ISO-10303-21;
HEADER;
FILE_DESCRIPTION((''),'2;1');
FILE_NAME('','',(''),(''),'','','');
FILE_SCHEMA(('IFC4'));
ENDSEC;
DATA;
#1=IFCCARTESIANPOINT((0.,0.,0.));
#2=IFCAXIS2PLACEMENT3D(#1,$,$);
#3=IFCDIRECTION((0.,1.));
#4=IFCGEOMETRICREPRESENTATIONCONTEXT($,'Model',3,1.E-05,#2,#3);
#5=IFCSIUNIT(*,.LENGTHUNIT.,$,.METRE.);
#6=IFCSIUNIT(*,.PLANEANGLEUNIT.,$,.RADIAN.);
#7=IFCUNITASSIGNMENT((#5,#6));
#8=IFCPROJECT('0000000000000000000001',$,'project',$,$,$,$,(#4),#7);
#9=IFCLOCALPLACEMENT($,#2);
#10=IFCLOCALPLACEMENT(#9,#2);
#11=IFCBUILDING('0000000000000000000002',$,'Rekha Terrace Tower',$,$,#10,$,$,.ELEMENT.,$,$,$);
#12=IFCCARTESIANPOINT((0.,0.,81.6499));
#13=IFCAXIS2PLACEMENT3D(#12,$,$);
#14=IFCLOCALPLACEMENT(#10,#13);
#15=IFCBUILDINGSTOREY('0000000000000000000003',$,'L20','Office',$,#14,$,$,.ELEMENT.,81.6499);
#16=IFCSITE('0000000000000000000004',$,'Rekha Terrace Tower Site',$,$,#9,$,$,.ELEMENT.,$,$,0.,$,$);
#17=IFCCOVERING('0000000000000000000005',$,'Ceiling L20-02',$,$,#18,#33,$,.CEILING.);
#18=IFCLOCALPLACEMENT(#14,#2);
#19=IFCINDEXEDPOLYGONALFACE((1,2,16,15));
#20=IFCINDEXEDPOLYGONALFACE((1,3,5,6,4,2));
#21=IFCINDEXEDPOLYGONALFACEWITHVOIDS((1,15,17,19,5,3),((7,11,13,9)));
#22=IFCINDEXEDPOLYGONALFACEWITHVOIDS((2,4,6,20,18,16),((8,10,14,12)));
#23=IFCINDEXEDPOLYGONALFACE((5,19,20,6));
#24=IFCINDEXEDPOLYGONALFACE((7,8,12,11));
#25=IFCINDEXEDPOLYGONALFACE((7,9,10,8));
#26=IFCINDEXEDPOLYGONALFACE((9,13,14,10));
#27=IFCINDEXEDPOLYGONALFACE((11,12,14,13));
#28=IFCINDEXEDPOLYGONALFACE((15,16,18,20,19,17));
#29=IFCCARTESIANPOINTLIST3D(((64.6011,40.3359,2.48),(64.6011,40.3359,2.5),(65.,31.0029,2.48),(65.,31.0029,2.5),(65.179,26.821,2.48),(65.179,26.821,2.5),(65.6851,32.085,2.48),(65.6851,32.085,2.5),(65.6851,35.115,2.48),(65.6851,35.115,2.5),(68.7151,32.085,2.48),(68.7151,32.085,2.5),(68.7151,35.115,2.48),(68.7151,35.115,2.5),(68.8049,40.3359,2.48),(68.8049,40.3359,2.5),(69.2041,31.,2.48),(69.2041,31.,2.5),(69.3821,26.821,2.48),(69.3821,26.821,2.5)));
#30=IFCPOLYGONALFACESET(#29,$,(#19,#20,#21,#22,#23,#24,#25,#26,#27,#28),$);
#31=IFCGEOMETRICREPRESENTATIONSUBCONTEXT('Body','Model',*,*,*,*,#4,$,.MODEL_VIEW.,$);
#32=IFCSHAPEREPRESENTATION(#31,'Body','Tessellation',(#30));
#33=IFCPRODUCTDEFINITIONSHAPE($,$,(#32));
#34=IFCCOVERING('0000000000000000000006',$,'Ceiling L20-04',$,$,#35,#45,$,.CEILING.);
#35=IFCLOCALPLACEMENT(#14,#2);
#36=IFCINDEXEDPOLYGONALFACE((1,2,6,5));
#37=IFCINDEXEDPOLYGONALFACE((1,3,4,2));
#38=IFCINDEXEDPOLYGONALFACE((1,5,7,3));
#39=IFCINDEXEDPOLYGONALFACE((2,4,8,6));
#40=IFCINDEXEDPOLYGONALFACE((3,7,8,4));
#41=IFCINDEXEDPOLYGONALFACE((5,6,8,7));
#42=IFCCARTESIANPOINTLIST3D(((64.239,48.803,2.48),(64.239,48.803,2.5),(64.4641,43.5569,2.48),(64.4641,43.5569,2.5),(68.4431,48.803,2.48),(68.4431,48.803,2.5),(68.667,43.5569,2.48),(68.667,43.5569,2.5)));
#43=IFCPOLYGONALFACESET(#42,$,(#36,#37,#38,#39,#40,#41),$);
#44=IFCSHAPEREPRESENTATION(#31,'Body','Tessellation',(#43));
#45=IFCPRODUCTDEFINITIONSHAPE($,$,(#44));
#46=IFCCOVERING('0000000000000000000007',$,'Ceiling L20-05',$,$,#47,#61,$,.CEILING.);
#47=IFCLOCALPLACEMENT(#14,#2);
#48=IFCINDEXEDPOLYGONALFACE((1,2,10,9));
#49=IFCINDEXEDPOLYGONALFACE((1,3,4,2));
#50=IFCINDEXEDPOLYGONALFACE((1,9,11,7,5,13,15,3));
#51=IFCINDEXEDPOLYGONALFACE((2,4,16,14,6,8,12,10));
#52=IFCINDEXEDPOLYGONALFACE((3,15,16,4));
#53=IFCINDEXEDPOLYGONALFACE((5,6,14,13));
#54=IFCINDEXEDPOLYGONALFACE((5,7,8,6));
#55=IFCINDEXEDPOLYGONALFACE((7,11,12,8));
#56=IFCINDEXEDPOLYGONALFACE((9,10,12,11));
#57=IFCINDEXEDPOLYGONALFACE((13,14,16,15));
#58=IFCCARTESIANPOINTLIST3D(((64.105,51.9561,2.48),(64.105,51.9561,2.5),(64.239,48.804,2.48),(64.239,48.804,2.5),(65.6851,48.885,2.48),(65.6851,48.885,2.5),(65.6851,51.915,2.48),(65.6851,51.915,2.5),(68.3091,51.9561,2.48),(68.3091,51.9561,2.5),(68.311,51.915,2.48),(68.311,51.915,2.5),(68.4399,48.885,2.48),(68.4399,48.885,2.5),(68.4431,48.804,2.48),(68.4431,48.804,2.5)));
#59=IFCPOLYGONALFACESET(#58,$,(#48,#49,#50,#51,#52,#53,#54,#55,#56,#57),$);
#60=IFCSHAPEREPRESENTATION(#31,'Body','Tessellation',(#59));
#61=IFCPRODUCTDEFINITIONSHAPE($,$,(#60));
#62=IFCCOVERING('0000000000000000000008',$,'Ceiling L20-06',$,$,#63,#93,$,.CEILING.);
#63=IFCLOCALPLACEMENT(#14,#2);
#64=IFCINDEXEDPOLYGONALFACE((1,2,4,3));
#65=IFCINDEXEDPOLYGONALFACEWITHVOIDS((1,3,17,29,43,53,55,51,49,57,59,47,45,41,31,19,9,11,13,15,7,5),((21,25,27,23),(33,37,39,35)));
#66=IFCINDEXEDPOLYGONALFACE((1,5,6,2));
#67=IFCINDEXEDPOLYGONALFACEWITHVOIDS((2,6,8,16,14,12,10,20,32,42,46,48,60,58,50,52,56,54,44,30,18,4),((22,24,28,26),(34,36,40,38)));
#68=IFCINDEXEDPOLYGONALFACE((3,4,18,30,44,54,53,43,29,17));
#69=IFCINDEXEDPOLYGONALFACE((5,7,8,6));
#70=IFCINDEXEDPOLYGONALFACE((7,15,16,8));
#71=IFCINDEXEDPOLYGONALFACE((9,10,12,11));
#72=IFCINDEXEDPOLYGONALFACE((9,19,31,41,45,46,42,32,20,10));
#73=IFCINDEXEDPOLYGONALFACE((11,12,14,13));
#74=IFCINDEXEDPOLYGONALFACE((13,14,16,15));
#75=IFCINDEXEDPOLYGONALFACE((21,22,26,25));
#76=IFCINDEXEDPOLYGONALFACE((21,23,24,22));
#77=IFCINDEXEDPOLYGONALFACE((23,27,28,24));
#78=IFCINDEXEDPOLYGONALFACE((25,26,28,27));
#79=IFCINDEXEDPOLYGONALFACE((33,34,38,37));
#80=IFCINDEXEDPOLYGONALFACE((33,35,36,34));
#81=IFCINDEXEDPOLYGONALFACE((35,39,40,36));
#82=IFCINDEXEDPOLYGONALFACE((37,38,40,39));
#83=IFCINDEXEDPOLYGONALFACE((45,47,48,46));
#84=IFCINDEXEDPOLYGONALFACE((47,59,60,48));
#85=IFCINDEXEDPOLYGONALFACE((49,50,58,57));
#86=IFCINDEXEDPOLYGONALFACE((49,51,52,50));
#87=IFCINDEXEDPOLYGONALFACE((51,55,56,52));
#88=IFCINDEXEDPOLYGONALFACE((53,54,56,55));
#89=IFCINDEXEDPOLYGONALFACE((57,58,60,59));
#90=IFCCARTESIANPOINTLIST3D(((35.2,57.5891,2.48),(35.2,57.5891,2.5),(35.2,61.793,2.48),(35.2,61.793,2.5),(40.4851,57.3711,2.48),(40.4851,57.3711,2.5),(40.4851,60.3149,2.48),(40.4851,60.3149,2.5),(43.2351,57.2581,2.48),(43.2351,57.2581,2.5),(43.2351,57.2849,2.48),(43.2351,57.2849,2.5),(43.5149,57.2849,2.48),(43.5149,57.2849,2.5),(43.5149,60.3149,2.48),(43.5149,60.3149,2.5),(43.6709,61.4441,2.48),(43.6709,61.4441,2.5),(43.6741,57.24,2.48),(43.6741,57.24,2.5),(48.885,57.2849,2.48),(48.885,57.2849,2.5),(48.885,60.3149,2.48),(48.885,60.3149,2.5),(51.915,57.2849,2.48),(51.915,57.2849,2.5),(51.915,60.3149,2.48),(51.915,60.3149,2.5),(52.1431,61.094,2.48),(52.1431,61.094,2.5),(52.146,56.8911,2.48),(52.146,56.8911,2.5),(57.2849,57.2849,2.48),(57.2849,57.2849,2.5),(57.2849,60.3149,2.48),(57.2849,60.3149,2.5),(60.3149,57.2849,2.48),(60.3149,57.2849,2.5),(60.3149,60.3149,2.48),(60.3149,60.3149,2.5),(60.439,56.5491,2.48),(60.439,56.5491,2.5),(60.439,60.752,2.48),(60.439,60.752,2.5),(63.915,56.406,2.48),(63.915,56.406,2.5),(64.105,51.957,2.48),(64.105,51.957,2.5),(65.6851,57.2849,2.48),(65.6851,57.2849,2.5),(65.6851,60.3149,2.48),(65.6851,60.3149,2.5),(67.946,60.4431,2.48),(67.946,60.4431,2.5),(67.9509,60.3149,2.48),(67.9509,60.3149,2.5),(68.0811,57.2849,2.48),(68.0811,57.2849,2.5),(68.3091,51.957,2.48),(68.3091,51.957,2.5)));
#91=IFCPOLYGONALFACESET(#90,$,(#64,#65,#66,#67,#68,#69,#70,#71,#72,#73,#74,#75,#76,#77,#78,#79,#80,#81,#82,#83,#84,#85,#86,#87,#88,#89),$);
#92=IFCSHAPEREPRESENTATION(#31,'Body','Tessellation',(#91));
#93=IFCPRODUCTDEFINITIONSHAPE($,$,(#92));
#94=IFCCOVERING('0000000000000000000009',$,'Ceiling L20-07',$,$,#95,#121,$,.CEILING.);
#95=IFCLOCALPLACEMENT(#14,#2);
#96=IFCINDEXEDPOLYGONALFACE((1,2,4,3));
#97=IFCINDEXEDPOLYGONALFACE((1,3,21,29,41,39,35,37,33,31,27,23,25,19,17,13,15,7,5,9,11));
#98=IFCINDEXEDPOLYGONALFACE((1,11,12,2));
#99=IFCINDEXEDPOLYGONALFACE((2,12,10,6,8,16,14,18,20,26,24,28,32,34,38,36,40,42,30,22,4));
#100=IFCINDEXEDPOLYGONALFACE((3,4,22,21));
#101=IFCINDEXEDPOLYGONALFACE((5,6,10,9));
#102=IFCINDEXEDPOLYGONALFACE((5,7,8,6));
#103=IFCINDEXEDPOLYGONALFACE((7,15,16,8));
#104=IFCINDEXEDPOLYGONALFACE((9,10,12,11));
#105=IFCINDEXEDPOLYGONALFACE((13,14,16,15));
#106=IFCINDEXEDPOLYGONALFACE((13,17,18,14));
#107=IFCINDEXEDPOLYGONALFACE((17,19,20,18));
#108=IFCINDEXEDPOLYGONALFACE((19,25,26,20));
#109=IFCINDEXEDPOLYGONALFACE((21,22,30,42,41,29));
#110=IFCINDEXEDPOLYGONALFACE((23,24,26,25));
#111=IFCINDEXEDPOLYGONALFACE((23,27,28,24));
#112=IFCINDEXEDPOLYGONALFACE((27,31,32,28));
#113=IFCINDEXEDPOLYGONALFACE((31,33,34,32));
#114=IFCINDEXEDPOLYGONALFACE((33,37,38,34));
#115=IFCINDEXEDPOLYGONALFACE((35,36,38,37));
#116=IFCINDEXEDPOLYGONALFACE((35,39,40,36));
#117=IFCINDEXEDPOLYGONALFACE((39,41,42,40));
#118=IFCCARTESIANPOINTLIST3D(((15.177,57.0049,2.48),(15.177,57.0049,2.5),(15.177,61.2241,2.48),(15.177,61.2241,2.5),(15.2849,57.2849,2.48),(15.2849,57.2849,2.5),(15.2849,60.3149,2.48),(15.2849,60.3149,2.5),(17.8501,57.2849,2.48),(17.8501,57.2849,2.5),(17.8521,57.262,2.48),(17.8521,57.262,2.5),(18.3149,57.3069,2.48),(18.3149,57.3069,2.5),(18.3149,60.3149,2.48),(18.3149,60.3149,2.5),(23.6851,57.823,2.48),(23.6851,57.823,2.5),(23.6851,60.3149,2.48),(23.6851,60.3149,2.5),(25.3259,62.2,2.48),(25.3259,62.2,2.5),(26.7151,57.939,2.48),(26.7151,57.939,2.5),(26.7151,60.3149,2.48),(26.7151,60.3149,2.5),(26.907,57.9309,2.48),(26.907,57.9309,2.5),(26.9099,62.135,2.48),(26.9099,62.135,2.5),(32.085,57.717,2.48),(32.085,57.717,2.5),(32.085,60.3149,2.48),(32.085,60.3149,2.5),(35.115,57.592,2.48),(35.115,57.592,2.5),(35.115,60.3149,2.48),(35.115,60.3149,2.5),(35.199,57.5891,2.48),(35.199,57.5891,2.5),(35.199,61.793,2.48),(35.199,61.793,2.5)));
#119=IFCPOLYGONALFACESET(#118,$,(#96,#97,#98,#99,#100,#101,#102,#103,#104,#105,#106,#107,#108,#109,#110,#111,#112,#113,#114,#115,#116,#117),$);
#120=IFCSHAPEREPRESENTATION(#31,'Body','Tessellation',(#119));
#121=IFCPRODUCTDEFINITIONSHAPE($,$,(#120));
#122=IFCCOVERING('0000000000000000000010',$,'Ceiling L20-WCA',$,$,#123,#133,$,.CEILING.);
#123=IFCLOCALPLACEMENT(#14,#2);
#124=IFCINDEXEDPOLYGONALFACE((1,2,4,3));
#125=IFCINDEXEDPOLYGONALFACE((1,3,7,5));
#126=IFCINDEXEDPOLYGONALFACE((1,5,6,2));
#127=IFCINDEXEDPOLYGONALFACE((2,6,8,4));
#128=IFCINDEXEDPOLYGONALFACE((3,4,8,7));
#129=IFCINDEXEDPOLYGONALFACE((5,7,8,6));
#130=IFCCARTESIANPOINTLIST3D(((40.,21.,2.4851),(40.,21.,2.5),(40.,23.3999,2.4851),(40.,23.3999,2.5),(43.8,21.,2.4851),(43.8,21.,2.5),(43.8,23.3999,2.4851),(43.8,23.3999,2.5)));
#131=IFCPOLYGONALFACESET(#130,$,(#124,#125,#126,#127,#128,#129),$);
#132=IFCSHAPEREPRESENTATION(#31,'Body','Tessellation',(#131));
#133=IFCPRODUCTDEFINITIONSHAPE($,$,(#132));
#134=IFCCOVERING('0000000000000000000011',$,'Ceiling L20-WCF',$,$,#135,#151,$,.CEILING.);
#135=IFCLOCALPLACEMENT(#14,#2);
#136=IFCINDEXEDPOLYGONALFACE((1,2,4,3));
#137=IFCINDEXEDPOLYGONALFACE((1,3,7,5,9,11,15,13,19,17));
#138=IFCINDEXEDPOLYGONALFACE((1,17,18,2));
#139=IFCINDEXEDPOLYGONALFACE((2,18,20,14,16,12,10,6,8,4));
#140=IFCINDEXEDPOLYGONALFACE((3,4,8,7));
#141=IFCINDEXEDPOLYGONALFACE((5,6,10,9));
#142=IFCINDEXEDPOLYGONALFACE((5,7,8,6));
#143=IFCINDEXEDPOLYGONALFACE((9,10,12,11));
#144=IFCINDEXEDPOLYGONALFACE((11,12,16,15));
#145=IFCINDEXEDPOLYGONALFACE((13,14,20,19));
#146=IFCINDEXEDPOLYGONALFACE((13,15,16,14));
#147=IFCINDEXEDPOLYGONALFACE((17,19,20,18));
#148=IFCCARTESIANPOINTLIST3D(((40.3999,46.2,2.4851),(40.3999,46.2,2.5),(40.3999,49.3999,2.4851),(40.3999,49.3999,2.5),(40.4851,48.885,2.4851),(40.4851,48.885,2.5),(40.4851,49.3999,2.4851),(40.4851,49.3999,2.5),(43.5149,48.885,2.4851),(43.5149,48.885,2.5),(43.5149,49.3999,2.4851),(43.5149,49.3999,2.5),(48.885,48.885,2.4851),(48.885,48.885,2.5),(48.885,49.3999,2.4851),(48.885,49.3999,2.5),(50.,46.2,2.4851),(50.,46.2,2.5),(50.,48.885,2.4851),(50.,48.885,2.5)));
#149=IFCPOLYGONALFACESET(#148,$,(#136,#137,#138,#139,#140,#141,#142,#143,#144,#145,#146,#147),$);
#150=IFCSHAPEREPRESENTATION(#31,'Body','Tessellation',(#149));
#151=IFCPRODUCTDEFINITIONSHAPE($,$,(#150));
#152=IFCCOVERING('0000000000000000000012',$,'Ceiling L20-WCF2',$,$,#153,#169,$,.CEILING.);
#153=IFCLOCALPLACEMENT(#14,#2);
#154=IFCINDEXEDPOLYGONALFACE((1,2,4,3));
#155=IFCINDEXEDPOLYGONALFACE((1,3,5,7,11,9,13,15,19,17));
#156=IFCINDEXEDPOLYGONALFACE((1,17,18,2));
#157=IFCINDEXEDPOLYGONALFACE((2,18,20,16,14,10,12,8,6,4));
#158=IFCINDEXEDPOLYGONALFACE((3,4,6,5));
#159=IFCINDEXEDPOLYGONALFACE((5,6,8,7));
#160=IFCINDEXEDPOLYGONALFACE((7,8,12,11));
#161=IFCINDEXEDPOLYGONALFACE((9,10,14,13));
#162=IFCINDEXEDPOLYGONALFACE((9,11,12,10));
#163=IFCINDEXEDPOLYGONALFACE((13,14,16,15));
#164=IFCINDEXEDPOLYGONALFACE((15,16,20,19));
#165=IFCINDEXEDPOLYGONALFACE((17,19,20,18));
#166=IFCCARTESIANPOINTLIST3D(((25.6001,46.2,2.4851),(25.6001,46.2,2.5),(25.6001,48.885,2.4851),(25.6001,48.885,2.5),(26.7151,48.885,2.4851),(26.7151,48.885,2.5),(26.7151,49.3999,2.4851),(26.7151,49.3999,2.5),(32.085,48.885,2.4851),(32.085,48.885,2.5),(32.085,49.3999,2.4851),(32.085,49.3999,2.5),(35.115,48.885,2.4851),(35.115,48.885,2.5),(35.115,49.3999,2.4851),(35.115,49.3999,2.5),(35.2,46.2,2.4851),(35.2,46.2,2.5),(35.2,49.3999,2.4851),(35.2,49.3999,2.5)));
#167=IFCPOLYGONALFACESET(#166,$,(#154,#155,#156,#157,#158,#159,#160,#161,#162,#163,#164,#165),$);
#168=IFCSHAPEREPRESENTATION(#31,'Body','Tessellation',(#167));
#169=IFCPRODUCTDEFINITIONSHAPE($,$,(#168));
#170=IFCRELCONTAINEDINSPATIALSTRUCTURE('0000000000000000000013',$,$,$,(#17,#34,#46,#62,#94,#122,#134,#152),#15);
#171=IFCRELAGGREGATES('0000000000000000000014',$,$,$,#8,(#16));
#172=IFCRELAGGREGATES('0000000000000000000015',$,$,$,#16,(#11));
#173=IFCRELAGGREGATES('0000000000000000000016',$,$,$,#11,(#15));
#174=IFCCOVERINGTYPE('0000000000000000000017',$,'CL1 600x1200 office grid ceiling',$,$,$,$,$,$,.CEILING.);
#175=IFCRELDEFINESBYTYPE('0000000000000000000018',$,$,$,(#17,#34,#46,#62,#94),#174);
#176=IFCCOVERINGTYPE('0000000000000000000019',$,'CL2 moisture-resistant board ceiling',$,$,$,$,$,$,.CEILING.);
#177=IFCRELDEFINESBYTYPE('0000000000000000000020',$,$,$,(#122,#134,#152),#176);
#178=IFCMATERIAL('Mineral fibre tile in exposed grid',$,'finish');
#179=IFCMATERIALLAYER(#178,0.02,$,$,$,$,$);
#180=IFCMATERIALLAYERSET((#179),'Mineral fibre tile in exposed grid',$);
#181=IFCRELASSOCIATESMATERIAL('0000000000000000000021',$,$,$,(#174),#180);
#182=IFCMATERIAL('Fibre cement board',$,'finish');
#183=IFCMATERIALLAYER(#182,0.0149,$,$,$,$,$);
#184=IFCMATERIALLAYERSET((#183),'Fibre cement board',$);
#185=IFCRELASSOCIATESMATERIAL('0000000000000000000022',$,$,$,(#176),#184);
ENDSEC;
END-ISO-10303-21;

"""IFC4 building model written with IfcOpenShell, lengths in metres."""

from ifc_helpers import new_model, si_unit, direction, frame, origin, place, context, subcontext, project, spatial, polyline, outline, extrude, material, layer, layer_set, type_object, element, save


model = new_model("IFC4")

# Units and contexts
model_context = context("Model", 3, precision=1e-05, world=origin(), true_north=direction((0.0, 1.0)))
body_context = subcontext(model_context, "Body", "Model", "MODEL_VIEW")
ifc_project = project(units=[si_unit("LENGTHUNIT", "METRE"), si_unit("PLANEANGLEUNIT", "RADIAN")], contexts=[model_context])

# Site, building, storey
site_placement = place(None, origin())
site = spatial("IfcSite", under=ifc_project, at=site_placement, Name="Rekha Terrace Tower Site", CompositionType="ELEMENT", RefElevation=0.0)
building_placement = place(site_placement, origin())
building = spatial("IfcBuilding", under=site, at=building_placement, Name="Rekha Terrace Tower", CompositionType="ELEMENT")
storey_placement = place(building_placement, frame((0.0, 0.0, 81.6499)))
storey = spatial("IfcBuildingStorey", under=building, at=storey_placement, Name="L20", Description="Office", CompositionType="ELEMENT", Elevation=81.6499)

# Coverings
ifc_material_1 = material(Name="Mineral fibre tile in exposed grid", Category="finish")
ifc_layer_1 = layer(ifc_material_1, 0.02)
ifc_layer_set_1 = layer_set([ifc_layer_1], Name="Mineral fibre tile in exposed grid")
covering_type_1 = type_object("IfcCoveringType", Name="CL1 600x1200 office grid ceiling", PredefinedType="CEILING", material=ifc_layer_set_1)
covering_1_placement = place(storey_placement, frame((0.0, 0.0, 2.48)))
element("IfcCovering", 1, at=covering_1_placement, inside=storey, type_object=covering_type_1, Name="Ceiling L20-02", PredefinedType="CEILING", context=body_context, shape_type="SweptSolid", body=[
    extrude(outline(polyline([(69.2041, 31.0), (68.8049, 40.3359), (64.6011, 40.3359), (65.0, 31.0029), (65.179, 26.821), (69.3821, 26.821), (69.2041, 31.0)]), holes=[polyline([(68.7151, 32.085), (65.6851, 32.085), (65.6851, 35.115), (68.7151, 35.115), (68.7151, 32.085)])]), origin(), (0.0, 0.0, 1.0), 0.02),
])
covering_2_placement = place(storey_placement, frame((0.0, 0.0, 2.48)))
element("IfcCovering", 2, at=covering_2_placement, inside=storey, type_object=covering_type_1, Name="Ceiling L20-04", PredefinedType="CEILING", context=body_context, shape_type="SweptSolid", body=[
    extrude(outline(polyline([(68.4431, 48.803), (64.239, 48.803), (64.4641, 43.5569), (68.667, 43.5569), (68.4431, 48.803)])), origin(), (0.0, 0.0, 1.0), 0.02),
])
covering_3_placement = place(storey_placement, frame((0.0, 0.0, 2.48)))
element("IfcCovering", 3, at=covering_3_placement, inside=storey, type_object=covering_type_1, Name="Ceiling L20-05", PredefinedType="CEILING", context=body_context, shape_type="SweptSolid", body=[
    extrude(outline(polyline([(68.3091, 51.9561), (64.105, 51.9561), (64.239, 48.804), (68.4431, 48.804), (68.4399, 48.885), (65.6851, 48.885), (65.6851, 51.915), (68.311, 51.915), (68.3091, 51.9561)])), origin(), (0.0, 0.0, 1.0), 0.02),
])
covering_4_placement = place(storey_placement, frame((0.0, 0.0, 2.48)))
element("IfcCovering", 4, at=covering_4_placement, inside=storey, type_object=covering_type_1, Name="Ceiling L20-06", PredefinedType="CEILING", context=body_context, shape_type="SweptSolid", body=[
    extrude(outline(polyline([(52.1431, 61.094), (43.6709, 61.4441), (35.2, 61.793), (35.2, 57.5891), (40.4851, 57.3711), (40.4851, 60.3149), (43.5149, 60.3149), (43.5149, 57.2849), (43.2351, 57.2849), (43.2351, 57.2581), (43.6741, 57.24), (52.146, 56.8911), (60.439, 56.5491), (63.915, 56.406), (64.105, 51.957), (68.3091, 51.957), (68.0811, 57.2849), (65.6851, 57.2849), (65.6851, 60.3149), (67.9509, 60.3149), (67.946, 60.4431), (60.439, 60.752), (52.1431, 61.094)]), holes=[polyline([(60.3149, 57.2849), (57.2849, 57.2849), (57.2849, 60.3149), (60.3149, 60.3149), (60.3149, 57.2849)]), polyline([(51.915, 57.2849), (48.885, 57.2849), (48.885, 60.3149), (51.915, 60.3149), (51.915, 57.2849)])]), origin(), (0.0, 0.0, 1.0), 0.02),
])
covering_5_placement = place(storey_placement, frame((0.0, 0.0, 2.48)))
element("IfcCovering", 5, at=covering_5_placement, inside=storey, type_object=covering_type_1, Name="Ceiling L20-07", PredefinedType="CEILING", context=body_context, shape_type="SweptSolid", body=[
    extrude(outline(polyline([(25.3259, 62.2), (15.177, 61.2241), (15.177, 57.0049), (17.8521, 57.262), (17.8501, 57.2849), (15.2849, 57.2849), (15.2849, 60.3149), (18.3149, 60.3149), (18.3149, 57.3069), (23.6851, 57.823), (23.6851, 60.3149), (26.7151, 60.3149), (26.7151, 57.939), (26.907, 57.9309), (32.085, 57.717), (32.085, 60.3149), (35.115, 60.3149), (35.115, 57.592), (35.199, 57.5891), (35.199, 61.793), (26.9099, 62.135), (25.3259, 62.2)])), origin(), (0.0, 0.0, 1.0), 0.02),
])
ifc_material_2 = material(Name="Fibre cement board", Category="finish")
ifc_layer_2 = layer(ifc_material_2, 0.0149)
ifc_layer_set_2 = layer_set([ifc_layer_2], Name="Fibre cement board")
covering_type_2 = type_object("IfcCoveringType", Name="CL2 moisture-resistant board ceiling", PredefinedType="CEILING", material=ifc_layer_set_2)
covering_6_placement = place(storey_placement, frame((0.0, 0.0, 2.4851)))
element("IfcCovering", 6, at=covering_6_placement, inside=storey, type_object=covering_type_2, Name="Ceiling L20-WCA", PredefinedType="CEILING", context=body_context, shape_type="SweptSolid", body=[
    extrude(outline(polyline([(43.8, 23.3999), (40.0, 23.3999), (40.0, 21.0), (43.8, 21.0), (43.8, 23.3999)])), origin(), (0.0, 0.0, 1.0), 0.0149),
])
covering_7_placement = place(storey_placement, frame((0.0, 0.0, 2.4851)))
element("IfcCovering", 7, at=covering_7_placement, inside=storey, type_object=covering_type_2, Name="Ceiling L20-WCF", PredefinedType="CEILING", context=body_context, shape_type="SweptSolid", body=[
    extrude(outline(polyline([(40.4851, 49.3999), (40.3999, 49.3999), (40.3999, 46.2), (50.0, 46.2), (50.0, 48.885), (48.885, 48.885), (48.885, 49.3999), (43.5149, 49.3999), (43.5149, 48.885), (40.4851, 48.885), (40.4851, 49.3999)])), origin(), (0.0, 0.0, 1.0), 0.0149),
])
covering_8_placement = place(storey_placement, frame((0.0, 0.0, 2.4851)))
element("IfcCovering", 8, at=covering_8_placement, inside=storey, type_object=covering_type_2, Name="Ceiling L20-WCF2", PredefinedType="CEILING", context=body_context, shape_type="SweptSolid", body=[
    extrude(outline(polyline([(26.7151, 48.885), (25.6001, 48.885), (25.6001, 46.2), (35.2, 46.2), (35.2, 49.3999), (35.115, 49.3999), (35.115, 48.885), (32.085, 48.885), (32.085, 49.3999), (26.7151, 49.3999), (26.7151, 48.885)])), origin(), (0.0, 0.0, 1.0), 0.0149),
])

save(model, "model.ifc")
